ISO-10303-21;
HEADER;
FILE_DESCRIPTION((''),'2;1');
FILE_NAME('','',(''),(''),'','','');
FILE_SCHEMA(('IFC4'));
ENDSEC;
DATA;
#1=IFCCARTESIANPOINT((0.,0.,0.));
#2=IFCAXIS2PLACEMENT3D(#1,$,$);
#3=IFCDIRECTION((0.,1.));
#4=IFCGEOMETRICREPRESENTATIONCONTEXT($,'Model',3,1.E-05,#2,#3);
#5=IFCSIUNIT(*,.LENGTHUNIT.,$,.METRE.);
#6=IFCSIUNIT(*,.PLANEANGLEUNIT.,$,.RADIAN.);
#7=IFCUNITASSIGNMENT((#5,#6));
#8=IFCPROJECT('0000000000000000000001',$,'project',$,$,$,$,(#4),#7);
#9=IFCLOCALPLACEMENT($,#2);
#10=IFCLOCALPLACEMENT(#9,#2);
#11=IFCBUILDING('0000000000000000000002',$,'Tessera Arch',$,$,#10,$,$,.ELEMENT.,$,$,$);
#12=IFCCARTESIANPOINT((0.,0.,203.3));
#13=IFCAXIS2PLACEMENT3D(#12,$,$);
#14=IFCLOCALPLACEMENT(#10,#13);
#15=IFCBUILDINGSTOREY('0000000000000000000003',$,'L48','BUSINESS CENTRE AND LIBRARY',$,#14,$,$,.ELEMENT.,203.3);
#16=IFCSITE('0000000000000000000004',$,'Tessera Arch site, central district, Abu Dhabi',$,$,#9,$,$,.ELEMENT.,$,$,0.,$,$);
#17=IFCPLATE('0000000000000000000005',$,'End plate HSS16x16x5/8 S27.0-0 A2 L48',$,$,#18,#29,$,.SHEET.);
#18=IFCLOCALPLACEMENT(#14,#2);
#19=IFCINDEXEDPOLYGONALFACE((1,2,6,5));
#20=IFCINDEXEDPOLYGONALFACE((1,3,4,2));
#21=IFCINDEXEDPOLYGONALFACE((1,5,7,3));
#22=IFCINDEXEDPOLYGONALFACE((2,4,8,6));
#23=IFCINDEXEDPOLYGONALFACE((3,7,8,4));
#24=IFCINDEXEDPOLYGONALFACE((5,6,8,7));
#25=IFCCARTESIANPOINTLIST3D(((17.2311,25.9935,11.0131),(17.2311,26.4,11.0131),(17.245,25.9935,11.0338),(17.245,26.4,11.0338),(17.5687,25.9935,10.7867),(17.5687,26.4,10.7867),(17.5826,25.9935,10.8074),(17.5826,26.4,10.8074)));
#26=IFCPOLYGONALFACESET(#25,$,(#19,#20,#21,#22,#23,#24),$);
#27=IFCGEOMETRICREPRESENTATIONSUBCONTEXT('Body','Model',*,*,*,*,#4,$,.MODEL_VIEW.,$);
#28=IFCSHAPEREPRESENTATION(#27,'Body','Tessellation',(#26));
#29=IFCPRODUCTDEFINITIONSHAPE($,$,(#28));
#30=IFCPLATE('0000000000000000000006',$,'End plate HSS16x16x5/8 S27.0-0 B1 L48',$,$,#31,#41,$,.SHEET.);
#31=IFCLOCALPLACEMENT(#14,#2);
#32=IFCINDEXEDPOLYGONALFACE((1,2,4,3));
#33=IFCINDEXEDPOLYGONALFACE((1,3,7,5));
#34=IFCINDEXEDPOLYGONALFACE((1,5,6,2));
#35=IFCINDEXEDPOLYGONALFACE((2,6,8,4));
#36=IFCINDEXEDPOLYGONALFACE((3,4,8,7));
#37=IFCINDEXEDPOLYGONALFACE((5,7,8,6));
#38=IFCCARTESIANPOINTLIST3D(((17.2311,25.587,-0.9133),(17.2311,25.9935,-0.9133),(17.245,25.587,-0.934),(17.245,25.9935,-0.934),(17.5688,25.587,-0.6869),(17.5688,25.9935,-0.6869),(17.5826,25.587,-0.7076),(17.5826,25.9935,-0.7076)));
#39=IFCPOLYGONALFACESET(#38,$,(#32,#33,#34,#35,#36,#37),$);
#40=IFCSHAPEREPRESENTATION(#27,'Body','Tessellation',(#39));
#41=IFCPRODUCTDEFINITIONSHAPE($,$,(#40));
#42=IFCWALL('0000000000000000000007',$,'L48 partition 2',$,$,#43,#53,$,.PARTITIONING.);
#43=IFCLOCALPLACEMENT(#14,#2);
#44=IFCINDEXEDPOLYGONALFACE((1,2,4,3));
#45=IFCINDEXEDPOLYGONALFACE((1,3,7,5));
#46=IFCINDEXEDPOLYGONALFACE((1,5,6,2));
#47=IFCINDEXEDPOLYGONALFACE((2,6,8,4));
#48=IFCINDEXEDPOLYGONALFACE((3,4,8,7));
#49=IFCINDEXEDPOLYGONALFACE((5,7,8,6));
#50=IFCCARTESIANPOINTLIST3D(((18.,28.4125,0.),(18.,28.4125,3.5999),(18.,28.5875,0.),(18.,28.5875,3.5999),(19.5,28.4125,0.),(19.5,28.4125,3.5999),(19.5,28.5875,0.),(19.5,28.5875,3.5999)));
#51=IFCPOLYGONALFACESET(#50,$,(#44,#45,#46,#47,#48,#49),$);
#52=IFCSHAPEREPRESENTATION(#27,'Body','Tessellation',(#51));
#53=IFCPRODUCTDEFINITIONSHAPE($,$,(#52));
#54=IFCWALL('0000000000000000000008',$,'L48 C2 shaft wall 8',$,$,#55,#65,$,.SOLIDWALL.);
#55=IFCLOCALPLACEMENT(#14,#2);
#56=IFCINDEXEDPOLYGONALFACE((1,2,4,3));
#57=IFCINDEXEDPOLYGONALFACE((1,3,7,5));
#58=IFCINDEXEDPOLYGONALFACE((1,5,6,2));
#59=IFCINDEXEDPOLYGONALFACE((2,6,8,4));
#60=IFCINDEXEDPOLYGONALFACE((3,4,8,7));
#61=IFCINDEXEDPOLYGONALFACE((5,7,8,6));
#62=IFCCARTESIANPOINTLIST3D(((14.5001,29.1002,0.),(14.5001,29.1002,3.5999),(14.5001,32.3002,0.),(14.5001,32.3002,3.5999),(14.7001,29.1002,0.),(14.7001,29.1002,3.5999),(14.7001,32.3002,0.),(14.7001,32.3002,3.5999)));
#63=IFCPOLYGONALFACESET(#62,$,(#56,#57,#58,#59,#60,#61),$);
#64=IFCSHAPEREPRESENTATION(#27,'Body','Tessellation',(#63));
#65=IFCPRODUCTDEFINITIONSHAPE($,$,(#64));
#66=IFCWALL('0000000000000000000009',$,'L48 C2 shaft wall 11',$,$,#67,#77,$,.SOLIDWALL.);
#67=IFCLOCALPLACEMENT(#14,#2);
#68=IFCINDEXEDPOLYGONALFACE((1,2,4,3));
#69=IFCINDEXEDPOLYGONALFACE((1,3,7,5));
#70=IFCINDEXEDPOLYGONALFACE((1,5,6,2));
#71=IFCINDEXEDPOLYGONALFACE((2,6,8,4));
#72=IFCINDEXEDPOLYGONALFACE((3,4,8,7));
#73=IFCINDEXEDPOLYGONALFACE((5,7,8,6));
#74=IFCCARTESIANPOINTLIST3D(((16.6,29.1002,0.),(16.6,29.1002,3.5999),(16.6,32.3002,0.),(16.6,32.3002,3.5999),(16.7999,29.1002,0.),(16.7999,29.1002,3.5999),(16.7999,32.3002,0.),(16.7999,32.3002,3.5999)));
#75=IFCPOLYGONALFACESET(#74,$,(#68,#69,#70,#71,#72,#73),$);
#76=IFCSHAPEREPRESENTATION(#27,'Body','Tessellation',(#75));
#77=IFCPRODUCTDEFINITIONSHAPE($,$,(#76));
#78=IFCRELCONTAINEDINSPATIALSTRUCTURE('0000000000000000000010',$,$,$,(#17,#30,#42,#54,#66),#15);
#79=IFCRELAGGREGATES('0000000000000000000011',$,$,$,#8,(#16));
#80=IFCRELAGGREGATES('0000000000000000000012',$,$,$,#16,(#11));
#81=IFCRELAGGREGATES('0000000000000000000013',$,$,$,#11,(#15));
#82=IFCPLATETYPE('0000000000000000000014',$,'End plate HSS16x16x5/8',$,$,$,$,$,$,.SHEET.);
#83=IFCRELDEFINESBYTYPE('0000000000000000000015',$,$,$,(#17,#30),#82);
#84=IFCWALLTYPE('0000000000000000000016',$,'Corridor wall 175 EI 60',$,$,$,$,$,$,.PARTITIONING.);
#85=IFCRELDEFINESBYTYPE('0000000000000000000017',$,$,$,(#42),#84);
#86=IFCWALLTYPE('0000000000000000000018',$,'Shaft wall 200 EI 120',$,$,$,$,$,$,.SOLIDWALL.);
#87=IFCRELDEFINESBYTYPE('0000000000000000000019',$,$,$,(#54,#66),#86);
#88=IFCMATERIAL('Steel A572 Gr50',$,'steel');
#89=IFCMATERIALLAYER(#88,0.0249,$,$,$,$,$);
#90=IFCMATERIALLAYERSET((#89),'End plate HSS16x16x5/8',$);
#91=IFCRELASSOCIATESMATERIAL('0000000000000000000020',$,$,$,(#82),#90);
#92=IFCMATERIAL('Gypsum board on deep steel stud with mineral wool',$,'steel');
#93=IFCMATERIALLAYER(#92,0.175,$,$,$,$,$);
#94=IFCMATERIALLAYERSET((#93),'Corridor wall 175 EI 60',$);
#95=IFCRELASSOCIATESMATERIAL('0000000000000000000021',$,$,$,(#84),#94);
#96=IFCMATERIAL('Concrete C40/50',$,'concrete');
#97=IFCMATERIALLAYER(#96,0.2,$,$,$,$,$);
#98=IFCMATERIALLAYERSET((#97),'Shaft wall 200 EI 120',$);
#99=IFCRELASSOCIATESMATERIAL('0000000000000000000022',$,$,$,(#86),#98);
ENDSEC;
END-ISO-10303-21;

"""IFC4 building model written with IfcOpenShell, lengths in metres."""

from ifc_helpers import new_model, si_unit, direction, frame, frame_2d, origin, origin_2d, place, context, subcontext, project, spatial, rectangle, extrude, material, layer, layer_set, type_object, element, save


model = new_model("IFC4")

# Units and contexts
model_context = context("Model", 3, precision=1e-05, world=origin(), true_north=direction((0.0, 1.0)))
body_context = subcontext(model_context, "Body", "Model", "MODEL_VIEW")
ifc_project = project(units=[si_unit("LENGTHUNIT", "METRE"), si_unit("PLANEANGLEUNIT", "RADIAN")], contexts=[model_context])

# Site, building, storey
site_placement = place(None, origin())
site = spatial("IfcSite", under=ifc_project, at=site_placement, Name="Tessera Arch site, central district, Abu Dhabi", CompositionType="ELEMENT", RefElevation=0.0)
building_placement = place(site_placement, origin())
building = spatial("IfcBuilding", under=site, at=building_placement, Name="Tessera Arch", CompositionType="ELEMENT")
storey_placement = place(building_placement, frame((0.0, 0.0, 203.3)))
storey = spatial("IfcBuildingStorey", under=building, at=storey_placement, Name="L48", Description="BUSINESS CENTRE AND LIBRARY", CompositionType="ELEMENT", Elevation=203.3)

# Plates
ifc_material_1 = material(Name="Steel A572 Gr50", Category="steel")
ifc_layer_1 = layer(ifc_material_1, 0.0249)
ifc_layer_set_1 = layer_set([ifc_layer_1], Name="End plate HSS16x16x5/8")
plate_type_1 = type_object("IfcPlateType", Name="End plate HSS16x16x5/8", PredefinedType="SHEET", material=ifc_layer_set_1)
for number, where, z_axis, x_axis, name in (
    (1, (17.3999, 26.1968, 10.8999), (0.556953, 0.0, 0.830544), (0.0, 1.0, 0.0), "End plate HSS16x16x5/8 S27.0-0 A2 L48"),
    (2, (17.4138, 25.7903, -0.8208), (-0.556953, 0.0, 0.830544), (0.0, -1.0, 0.0), "End plate HSS16x16x5/8 S27.0-0 B1 L48"),
):
    element("IfcPlate", number, at=place(storey_placement, frame(where, z_axis=z_axis, x_axis=x_axis)), inside=storey, type_object=plate_type_1, Name=name, PredefinedType="SHEET", context=body_context, shape_type="SweptSolid", body=[
        extrude(rectangle(XDim=0.4065, YDim=0.4065, at=origin_2d()), origin(), (0.0, 0.0, 1.0), 0.0249),
    ])

# Walls
ifc_material_2 = material(Name="Gypsum board on deep steel stud with mineral wool", Category="steel")
ifc_layer_2 = layer(ifc_material_2, 0.175)
ifc_layer_set_2 = layer_set([ifc_layer_2], Name="Corridor wall 175 EI 60")
wall_type_1 = type_object("IfcWallType", Name="Corridor wall 175 EI 60", PredefinedType="PARTITIONING", material=ifc_layer_set_2)
wall_placement = place(storey_placement, frame((18.0, 28.5, 0.0), z_axis=(0.0, 0.0, 1.0), x_axis=(1.0, 0.0, 0.0)))
element("IfcWall", 3, at=wall_placement, inside=storey, type_object=wall_type_1, Name="L48 partition 2", PredefinedType="PARTITIONING", context=body_context, shape_type="SweptSolid", body=[
    extrude(rectangle(XDim=1.5, YDim=0.175, at=frame_2d((0.75, 0.0))), origin(), (0.0, 0.0, 1.0), 3.5999),
])
ifc_material_3 = material(Name="Concrete C40/50", Category="concrete")
ifc_layer_3 = layer(ifc_material_3, 0.2)
ifc_layer_set_3 = layer_set([ifc_layer_3], Name="Shaft wall 200 EI 120")
wall_type_2 = type_object("IfcWallType", Name="Shaft wall 200 EI 120", PredefinedType="SOLIDWALL", material=ifc_layer_set_3)
for number, where, z_axis, x_axis, name in (
    (4, (14.6001, 29.1001, 0.0), (0.0, 0.0, 1.0), (0.0, 1.0, 0.0), "L48 C2 shaft wall 8"),
    (5, (16.7, 29.1001, 0.0), (0.0, 0.0, 1.0), (0.0, 1.0, 0.0), "L48 C2 shaft wall 11"),
):
    element("IfcWall", number, at=place(storey_placement, frame(where, z_axis=z_axis, x_axis=x_axis)), inside=storey, type_object=wall_type_2, Name=name, PredefinedType="SOLIDWALL", context=body_context, shape_type="SweptSolid", body=[
        extrude(rectangle(XDim=3.2, YDim=0.2, at=frame_2d((1.6001, 0.0))), origin(), (0.0, 0.0, 1.0), 3.5999),
    ])

save(model, "model.ifc")
